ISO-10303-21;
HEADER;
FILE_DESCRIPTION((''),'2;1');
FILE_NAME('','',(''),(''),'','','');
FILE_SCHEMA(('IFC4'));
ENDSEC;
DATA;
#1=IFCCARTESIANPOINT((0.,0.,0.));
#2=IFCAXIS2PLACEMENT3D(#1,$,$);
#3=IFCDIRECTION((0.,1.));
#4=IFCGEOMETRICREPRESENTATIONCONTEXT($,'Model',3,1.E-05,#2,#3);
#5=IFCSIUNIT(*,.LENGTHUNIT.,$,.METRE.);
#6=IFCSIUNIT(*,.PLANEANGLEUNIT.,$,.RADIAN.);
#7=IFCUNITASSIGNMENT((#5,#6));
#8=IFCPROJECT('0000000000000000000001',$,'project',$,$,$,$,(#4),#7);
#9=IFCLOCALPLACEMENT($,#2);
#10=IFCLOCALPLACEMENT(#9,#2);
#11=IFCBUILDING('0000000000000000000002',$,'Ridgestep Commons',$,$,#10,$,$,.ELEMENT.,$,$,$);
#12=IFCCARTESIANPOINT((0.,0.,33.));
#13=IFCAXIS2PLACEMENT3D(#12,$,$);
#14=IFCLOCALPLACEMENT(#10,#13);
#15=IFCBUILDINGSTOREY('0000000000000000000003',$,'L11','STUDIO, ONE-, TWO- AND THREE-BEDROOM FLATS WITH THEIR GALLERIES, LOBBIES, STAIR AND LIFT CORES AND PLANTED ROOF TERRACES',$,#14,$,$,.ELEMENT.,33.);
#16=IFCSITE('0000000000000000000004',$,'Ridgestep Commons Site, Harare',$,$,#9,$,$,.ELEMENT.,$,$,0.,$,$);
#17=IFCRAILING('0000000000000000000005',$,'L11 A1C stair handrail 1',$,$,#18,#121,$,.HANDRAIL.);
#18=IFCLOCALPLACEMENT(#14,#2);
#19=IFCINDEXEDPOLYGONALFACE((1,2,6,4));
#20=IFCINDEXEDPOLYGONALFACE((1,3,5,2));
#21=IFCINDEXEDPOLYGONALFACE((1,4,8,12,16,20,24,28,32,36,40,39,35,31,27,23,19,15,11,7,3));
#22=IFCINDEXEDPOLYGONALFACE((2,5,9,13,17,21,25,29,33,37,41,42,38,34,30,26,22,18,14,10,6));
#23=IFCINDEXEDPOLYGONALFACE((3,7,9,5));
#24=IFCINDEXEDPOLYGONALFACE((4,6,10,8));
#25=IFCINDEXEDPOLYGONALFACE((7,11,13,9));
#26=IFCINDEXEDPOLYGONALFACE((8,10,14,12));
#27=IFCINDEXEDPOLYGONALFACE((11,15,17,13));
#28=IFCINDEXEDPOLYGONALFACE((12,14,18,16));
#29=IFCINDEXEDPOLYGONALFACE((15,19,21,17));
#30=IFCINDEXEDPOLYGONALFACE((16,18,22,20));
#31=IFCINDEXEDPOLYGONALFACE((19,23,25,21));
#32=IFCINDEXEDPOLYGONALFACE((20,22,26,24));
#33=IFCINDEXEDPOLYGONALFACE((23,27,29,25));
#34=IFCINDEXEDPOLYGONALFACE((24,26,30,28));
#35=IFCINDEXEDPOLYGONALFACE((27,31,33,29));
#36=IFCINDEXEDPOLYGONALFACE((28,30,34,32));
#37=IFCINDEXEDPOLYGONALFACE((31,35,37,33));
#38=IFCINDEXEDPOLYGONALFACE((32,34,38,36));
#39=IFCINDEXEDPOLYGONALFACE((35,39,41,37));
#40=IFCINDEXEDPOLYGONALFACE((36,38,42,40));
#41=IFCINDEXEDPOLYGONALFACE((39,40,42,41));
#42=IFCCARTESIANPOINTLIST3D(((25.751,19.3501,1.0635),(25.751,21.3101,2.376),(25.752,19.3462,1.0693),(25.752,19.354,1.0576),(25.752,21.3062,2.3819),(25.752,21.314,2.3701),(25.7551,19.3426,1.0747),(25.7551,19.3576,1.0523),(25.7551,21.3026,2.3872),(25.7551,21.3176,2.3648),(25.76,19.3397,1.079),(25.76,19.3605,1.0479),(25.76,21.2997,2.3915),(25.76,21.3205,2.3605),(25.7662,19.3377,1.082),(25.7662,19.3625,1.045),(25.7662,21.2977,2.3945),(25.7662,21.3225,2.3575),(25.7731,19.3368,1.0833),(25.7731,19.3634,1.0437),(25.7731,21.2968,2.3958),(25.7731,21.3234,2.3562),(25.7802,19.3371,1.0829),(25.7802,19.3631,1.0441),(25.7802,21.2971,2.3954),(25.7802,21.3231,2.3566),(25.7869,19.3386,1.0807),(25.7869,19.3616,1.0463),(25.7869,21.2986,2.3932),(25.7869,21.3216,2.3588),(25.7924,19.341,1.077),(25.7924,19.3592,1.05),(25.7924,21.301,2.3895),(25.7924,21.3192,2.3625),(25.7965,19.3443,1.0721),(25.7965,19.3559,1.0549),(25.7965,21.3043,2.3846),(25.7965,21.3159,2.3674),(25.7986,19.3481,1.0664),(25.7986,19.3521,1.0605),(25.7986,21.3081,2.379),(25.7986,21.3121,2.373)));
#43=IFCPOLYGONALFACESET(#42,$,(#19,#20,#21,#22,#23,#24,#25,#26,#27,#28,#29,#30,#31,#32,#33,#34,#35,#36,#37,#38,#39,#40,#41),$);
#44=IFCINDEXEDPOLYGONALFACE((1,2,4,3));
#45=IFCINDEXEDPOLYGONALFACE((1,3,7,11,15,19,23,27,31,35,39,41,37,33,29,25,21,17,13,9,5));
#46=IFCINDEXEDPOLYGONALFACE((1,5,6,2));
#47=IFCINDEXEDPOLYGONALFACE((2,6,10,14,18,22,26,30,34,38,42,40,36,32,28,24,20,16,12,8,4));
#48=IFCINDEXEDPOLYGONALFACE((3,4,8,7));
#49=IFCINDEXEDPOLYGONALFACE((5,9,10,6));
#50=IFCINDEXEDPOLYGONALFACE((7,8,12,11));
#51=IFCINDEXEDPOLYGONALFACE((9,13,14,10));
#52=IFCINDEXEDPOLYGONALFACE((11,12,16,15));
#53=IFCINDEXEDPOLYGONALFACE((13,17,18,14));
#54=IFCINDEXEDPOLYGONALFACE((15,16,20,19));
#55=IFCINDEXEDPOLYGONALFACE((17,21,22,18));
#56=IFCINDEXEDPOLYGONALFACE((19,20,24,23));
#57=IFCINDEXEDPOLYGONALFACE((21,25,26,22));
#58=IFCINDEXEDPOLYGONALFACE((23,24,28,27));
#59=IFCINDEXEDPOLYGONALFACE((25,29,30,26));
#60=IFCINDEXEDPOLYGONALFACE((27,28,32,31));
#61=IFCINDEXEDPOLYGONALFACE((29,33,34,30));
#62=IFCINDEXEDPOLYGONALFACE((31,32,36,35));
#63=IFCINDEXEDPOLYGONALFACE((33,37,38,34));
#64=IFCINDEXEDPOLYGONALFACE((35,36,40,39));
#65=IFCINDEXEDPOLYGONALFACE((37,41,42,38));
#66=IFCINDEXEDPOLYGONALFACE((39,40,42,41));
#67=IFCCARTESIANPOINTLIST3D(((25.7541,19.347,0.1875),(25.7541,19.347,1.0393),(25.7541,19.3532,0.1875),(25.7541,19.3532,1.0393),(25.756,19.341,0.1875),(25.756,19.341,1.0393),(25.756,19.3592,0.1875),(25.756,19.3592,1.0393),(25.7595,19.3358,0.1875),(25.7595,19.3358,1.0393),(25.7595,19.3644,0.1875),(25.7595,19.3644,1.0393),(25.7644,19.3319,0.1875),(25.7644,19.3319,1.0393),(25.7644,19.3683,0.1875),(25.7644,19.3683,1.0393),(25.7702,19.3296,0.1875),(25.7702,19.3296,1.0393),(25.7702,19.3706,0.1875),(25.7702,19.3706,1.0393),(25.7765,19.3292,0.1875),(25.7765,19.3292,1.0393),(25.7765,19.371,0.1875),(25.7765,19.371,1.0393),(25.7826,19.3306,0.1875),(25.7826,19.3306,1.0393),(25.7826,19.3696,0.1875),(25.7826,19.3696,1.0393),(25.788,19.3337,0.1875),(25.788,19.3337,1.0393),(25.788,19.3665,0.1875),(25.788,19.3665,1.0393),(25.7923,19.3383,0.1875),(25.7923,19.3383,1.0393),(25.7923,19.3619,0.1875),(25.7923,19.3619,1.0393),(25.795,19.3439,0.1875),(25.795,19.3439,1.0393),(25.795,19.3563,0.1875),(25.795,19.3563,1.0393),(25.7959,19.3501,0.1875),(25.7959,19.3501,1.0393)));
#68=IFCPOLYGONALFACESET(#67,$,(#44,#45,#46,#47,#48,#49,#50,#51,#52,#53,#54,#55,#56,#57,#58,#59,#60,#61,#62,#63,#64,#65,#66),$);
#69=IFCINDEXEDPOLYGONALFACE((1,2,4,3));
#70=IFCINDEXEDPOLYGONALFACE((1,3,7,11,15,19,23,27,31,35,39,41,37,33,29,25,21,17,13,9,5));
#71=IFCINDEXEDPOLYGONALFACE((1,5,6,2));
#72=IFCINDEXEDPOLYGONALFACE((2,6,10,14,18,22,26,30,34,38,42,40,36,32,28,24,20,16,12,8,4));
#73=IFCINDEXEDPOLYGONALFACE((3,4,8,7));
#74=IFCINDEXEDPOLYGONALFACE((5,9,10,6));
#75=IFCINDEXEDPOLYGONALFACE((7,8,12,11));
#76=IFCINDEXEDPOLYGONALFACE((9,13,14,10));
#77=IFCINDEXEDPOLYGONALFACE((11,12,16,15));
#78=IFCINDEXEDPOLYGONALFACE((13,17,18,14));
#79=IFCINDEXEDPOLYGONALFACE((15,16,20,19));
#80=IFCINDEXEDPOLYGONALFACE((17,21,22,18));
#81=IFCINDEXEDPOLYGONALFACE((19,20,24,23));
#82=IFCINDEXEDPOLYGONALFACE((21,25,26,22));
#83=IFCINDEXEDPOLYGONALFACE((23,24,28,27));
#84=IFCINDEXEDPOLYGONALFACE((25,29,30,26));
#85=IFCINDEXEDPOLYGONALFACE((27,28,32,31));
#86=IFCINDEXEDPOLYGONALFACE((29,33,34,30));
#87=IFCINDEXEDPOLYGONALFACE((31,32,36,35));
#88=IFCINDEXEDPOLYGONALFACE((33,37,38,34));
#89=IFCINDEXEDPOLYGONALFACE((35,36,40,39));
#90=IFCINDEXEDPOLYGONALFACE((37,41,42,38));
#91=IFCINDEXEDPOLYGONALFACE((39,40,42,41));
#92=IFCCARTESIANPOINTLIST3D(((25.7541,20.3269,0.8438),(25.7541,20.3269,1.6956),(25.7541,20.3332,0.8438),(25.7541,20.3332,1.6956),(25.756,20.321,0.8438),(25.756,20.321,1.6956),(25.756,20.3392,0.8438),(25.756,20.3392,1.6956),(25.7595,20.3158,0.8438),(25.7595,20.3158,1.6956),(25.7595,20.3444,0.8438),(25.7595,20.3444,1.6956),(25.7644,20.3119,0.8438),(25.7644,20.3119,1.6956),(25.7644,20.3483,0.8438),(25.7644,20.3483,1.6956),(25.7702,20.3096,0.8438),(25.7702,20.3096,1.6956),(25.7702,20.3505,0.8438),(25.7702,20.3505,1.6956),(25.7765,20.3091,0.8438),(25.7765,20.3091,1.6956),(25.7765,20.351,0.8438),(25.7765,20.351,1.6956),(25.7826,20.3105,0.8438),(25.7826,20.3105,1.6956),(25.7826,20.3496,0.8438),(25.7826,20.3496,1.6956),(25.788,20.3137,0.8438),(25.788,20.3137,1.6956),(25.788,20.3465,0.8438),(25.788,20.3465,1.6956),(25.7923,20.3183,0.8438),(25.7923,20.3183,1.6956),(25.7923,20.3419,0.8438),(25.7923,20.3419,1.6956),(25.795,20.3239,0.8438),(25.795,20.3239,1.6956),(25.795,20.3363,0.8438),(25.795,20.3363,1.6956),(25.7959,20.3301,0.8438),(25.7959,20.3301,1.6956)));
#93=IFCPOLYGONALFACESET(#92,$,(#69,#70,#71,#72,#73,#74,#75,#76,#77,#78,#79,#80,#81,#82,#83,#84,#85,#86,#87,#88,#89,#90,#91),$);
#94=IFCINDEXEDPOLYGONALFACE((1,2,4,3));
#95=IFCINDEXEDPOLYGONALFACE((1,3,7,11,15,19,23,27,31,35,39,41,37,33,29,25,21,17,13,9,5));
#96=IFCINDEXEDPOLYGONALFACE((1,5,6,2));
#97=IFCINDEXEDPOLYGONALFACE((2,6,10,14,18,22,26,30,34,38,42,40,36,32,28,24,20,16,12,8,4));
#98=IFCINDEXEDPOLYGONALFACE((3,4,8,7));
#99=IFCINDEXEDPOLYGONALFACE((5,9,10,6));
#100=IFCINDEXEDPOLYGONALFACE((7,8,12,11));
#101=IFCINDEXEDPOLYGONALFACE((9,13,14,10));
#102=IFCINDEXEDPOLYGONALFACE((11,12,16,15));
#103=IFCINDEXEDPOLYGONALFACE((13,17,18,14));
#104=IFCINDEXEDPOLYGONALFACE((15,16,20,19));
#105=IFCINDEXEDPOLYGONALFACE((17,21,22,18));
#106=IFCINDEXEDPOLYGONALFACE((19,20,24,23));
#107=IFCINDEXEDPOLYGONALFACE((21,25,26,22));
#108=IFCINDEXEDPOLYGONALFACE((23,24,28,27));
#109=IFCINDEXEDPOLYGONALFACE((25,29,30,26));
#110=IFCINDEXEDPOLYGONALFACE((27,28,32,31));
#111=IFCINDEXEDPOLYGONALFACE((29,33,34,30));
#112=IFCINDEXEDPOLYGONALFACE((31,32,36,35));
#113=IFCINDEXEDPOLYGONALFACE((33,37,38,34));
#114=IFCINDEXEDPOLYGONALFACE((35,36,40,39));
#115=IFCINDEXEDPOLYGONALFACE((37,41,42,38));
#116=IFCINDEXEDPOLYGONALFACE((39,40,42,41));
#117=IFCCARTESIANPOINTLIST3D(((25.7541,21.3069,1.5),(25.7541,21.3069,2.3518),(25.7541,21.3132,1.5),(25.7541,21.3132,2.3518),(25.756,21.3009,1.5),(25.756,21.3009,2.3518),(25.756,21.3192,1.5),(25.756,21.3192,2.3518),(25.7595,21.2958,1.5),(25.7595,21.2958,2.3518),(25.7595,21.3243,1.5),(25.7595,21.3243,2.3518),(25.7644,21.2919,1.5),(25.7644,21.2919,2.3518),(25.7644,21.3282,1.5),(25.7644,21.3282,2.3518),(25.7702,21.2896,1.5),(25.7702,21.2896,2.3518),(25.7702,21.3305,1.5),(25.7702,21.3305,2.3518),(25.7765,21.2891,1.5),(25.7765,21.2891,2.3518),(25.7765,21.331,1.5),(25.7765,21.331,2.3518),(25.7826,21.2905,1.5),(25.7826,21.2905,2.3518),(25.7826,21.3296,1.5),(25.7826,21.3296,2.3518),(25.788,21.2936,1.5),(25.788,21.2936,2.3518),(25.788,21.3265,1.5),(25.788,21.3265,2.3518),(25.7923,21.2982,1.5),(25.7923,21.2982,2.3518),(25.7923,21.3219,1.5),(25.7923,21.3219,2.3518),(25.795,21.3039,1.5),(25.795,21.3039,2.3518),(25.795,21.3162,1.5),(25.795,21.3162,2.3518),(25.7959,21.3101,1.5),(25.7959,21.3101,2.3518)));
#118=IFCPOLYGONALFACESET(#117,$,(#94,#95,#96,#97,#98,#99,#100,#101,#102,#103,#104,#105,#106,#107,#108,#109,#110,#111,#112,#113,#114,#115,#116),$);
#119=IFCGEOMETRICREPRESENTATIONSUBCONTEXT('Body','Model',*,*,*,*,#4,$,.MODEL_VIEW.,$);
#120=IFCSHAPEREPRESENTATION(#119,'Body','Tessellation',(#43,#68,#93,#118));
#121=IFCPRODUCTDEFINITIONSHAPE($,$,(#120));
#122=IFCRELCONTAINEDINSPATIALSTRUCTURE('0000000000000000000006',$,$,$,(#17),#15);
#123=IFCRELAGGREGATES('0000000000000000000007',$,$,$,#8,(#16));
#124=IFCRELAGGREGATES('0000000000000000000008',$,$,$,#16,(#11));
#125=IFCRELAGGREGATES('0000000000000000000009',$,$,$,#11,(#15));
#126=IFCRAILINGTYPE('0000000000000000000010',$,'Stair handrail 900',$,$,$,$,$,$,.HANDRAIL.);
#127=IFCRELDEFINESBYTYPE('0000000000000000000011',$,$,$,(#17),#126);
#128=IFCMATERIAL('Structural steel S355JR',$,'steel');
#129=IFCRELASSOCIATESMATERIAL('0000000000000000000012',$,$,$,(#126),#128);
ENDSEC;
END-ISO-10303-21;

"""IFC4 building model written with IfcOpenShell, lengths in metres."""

from ifc_helpers import new_model, si_unit, direction, frame, origin, origin_2d, place, context, subcontext, project, spatial, circle, extrude, material, type_object, element, save


model = new_model("IFC4")

# Units and contexts
model_context = context("Model", 3, precision=1e-05, world=origin(), true_north=direction((0.0, 1.0)))
body_context = subcontext(model_context, "Body", "Model", "MODEL_VIEW")
ifc_project = project(units=[si_unit("LENGTHUNIT", "METRE"), si_unit("PLANEANGLEUNIT", "RADIAN")], contexts=[model_context])

# Site, building, storey
site_placement = place(None, origin())
site = spatial("IfcSite", under=ifc_project, at=site_placement, Name="Ridgestep Commons Site, Harare", CompositionType="ELEMENT", RefElevation=0.0)
building_placement = place(site_placement, origin())
building = spatial("IfcBuilding", under=site, at=building_placement, Name="Ridgestep Commons", CompositionType="ELEMENT")
storey_placement = place(building_placement, frame((0.0, 0.0, 33.0)))
storey = spatial("IfcBuildingStorey", under=building, at=storey_placement, Name="L11", Description="STUDIO, ONE-, TWO- AND THREE-BEDROOM FLATS WITH THEIR GALLERIES, LOBBIES, STAIR AND LIFT CORES AND PLANTED ROOF TERRACES", CompositionType="ELEMENT", Elevation=33.0)

# Railing
ifc_material_1 = material(Name="Structural steel S355JR", Category="steel")
railing_type_1 = type_object("IfcRailingType", Name="Stair handrail 900", PredefinedType="HANDRAIL", material=ifc_material_1)
railing_1_placement = place(storey_placement, frame((25.7749, 19.3501, 0.1875)))
element("IfcRailing", 1, at=railing_1_placement, inside=storey, type_object=railing_type_1, Name="L11 A1C stair handrail 1", PredefinedType="HANDRAIL", context=body_context, shape_type="SweptSolid", body=[
    extrude(circle(Radius=0.0239, at=origin_2d()), frame((0.0, 0.0, 0.876), z_axis=(0.0, 0.830902, 0.556419), x_axis=(-1.0, 0.0, 0.0)), (0.0, 0.0, 1.0), 2.3589),
    extrude(circle(Radius=0.021, at=origin_2d()), origin(), (0.0, 0.0, 1.0), 0.8518),
    extrude(circle(Radius=0.021, at=origin_2d()), frame((0.0, 0.98, 0.6562)), (0.0, 0.0, 1.0), 0.8518),
    extrude(circle(Radius=0.021, at=origin_2d()), frame((0.0, 1.96, 1.3125)), (0.0, 0.0, 1.0), 0.8518),
])

save(model, "model.ifc")
